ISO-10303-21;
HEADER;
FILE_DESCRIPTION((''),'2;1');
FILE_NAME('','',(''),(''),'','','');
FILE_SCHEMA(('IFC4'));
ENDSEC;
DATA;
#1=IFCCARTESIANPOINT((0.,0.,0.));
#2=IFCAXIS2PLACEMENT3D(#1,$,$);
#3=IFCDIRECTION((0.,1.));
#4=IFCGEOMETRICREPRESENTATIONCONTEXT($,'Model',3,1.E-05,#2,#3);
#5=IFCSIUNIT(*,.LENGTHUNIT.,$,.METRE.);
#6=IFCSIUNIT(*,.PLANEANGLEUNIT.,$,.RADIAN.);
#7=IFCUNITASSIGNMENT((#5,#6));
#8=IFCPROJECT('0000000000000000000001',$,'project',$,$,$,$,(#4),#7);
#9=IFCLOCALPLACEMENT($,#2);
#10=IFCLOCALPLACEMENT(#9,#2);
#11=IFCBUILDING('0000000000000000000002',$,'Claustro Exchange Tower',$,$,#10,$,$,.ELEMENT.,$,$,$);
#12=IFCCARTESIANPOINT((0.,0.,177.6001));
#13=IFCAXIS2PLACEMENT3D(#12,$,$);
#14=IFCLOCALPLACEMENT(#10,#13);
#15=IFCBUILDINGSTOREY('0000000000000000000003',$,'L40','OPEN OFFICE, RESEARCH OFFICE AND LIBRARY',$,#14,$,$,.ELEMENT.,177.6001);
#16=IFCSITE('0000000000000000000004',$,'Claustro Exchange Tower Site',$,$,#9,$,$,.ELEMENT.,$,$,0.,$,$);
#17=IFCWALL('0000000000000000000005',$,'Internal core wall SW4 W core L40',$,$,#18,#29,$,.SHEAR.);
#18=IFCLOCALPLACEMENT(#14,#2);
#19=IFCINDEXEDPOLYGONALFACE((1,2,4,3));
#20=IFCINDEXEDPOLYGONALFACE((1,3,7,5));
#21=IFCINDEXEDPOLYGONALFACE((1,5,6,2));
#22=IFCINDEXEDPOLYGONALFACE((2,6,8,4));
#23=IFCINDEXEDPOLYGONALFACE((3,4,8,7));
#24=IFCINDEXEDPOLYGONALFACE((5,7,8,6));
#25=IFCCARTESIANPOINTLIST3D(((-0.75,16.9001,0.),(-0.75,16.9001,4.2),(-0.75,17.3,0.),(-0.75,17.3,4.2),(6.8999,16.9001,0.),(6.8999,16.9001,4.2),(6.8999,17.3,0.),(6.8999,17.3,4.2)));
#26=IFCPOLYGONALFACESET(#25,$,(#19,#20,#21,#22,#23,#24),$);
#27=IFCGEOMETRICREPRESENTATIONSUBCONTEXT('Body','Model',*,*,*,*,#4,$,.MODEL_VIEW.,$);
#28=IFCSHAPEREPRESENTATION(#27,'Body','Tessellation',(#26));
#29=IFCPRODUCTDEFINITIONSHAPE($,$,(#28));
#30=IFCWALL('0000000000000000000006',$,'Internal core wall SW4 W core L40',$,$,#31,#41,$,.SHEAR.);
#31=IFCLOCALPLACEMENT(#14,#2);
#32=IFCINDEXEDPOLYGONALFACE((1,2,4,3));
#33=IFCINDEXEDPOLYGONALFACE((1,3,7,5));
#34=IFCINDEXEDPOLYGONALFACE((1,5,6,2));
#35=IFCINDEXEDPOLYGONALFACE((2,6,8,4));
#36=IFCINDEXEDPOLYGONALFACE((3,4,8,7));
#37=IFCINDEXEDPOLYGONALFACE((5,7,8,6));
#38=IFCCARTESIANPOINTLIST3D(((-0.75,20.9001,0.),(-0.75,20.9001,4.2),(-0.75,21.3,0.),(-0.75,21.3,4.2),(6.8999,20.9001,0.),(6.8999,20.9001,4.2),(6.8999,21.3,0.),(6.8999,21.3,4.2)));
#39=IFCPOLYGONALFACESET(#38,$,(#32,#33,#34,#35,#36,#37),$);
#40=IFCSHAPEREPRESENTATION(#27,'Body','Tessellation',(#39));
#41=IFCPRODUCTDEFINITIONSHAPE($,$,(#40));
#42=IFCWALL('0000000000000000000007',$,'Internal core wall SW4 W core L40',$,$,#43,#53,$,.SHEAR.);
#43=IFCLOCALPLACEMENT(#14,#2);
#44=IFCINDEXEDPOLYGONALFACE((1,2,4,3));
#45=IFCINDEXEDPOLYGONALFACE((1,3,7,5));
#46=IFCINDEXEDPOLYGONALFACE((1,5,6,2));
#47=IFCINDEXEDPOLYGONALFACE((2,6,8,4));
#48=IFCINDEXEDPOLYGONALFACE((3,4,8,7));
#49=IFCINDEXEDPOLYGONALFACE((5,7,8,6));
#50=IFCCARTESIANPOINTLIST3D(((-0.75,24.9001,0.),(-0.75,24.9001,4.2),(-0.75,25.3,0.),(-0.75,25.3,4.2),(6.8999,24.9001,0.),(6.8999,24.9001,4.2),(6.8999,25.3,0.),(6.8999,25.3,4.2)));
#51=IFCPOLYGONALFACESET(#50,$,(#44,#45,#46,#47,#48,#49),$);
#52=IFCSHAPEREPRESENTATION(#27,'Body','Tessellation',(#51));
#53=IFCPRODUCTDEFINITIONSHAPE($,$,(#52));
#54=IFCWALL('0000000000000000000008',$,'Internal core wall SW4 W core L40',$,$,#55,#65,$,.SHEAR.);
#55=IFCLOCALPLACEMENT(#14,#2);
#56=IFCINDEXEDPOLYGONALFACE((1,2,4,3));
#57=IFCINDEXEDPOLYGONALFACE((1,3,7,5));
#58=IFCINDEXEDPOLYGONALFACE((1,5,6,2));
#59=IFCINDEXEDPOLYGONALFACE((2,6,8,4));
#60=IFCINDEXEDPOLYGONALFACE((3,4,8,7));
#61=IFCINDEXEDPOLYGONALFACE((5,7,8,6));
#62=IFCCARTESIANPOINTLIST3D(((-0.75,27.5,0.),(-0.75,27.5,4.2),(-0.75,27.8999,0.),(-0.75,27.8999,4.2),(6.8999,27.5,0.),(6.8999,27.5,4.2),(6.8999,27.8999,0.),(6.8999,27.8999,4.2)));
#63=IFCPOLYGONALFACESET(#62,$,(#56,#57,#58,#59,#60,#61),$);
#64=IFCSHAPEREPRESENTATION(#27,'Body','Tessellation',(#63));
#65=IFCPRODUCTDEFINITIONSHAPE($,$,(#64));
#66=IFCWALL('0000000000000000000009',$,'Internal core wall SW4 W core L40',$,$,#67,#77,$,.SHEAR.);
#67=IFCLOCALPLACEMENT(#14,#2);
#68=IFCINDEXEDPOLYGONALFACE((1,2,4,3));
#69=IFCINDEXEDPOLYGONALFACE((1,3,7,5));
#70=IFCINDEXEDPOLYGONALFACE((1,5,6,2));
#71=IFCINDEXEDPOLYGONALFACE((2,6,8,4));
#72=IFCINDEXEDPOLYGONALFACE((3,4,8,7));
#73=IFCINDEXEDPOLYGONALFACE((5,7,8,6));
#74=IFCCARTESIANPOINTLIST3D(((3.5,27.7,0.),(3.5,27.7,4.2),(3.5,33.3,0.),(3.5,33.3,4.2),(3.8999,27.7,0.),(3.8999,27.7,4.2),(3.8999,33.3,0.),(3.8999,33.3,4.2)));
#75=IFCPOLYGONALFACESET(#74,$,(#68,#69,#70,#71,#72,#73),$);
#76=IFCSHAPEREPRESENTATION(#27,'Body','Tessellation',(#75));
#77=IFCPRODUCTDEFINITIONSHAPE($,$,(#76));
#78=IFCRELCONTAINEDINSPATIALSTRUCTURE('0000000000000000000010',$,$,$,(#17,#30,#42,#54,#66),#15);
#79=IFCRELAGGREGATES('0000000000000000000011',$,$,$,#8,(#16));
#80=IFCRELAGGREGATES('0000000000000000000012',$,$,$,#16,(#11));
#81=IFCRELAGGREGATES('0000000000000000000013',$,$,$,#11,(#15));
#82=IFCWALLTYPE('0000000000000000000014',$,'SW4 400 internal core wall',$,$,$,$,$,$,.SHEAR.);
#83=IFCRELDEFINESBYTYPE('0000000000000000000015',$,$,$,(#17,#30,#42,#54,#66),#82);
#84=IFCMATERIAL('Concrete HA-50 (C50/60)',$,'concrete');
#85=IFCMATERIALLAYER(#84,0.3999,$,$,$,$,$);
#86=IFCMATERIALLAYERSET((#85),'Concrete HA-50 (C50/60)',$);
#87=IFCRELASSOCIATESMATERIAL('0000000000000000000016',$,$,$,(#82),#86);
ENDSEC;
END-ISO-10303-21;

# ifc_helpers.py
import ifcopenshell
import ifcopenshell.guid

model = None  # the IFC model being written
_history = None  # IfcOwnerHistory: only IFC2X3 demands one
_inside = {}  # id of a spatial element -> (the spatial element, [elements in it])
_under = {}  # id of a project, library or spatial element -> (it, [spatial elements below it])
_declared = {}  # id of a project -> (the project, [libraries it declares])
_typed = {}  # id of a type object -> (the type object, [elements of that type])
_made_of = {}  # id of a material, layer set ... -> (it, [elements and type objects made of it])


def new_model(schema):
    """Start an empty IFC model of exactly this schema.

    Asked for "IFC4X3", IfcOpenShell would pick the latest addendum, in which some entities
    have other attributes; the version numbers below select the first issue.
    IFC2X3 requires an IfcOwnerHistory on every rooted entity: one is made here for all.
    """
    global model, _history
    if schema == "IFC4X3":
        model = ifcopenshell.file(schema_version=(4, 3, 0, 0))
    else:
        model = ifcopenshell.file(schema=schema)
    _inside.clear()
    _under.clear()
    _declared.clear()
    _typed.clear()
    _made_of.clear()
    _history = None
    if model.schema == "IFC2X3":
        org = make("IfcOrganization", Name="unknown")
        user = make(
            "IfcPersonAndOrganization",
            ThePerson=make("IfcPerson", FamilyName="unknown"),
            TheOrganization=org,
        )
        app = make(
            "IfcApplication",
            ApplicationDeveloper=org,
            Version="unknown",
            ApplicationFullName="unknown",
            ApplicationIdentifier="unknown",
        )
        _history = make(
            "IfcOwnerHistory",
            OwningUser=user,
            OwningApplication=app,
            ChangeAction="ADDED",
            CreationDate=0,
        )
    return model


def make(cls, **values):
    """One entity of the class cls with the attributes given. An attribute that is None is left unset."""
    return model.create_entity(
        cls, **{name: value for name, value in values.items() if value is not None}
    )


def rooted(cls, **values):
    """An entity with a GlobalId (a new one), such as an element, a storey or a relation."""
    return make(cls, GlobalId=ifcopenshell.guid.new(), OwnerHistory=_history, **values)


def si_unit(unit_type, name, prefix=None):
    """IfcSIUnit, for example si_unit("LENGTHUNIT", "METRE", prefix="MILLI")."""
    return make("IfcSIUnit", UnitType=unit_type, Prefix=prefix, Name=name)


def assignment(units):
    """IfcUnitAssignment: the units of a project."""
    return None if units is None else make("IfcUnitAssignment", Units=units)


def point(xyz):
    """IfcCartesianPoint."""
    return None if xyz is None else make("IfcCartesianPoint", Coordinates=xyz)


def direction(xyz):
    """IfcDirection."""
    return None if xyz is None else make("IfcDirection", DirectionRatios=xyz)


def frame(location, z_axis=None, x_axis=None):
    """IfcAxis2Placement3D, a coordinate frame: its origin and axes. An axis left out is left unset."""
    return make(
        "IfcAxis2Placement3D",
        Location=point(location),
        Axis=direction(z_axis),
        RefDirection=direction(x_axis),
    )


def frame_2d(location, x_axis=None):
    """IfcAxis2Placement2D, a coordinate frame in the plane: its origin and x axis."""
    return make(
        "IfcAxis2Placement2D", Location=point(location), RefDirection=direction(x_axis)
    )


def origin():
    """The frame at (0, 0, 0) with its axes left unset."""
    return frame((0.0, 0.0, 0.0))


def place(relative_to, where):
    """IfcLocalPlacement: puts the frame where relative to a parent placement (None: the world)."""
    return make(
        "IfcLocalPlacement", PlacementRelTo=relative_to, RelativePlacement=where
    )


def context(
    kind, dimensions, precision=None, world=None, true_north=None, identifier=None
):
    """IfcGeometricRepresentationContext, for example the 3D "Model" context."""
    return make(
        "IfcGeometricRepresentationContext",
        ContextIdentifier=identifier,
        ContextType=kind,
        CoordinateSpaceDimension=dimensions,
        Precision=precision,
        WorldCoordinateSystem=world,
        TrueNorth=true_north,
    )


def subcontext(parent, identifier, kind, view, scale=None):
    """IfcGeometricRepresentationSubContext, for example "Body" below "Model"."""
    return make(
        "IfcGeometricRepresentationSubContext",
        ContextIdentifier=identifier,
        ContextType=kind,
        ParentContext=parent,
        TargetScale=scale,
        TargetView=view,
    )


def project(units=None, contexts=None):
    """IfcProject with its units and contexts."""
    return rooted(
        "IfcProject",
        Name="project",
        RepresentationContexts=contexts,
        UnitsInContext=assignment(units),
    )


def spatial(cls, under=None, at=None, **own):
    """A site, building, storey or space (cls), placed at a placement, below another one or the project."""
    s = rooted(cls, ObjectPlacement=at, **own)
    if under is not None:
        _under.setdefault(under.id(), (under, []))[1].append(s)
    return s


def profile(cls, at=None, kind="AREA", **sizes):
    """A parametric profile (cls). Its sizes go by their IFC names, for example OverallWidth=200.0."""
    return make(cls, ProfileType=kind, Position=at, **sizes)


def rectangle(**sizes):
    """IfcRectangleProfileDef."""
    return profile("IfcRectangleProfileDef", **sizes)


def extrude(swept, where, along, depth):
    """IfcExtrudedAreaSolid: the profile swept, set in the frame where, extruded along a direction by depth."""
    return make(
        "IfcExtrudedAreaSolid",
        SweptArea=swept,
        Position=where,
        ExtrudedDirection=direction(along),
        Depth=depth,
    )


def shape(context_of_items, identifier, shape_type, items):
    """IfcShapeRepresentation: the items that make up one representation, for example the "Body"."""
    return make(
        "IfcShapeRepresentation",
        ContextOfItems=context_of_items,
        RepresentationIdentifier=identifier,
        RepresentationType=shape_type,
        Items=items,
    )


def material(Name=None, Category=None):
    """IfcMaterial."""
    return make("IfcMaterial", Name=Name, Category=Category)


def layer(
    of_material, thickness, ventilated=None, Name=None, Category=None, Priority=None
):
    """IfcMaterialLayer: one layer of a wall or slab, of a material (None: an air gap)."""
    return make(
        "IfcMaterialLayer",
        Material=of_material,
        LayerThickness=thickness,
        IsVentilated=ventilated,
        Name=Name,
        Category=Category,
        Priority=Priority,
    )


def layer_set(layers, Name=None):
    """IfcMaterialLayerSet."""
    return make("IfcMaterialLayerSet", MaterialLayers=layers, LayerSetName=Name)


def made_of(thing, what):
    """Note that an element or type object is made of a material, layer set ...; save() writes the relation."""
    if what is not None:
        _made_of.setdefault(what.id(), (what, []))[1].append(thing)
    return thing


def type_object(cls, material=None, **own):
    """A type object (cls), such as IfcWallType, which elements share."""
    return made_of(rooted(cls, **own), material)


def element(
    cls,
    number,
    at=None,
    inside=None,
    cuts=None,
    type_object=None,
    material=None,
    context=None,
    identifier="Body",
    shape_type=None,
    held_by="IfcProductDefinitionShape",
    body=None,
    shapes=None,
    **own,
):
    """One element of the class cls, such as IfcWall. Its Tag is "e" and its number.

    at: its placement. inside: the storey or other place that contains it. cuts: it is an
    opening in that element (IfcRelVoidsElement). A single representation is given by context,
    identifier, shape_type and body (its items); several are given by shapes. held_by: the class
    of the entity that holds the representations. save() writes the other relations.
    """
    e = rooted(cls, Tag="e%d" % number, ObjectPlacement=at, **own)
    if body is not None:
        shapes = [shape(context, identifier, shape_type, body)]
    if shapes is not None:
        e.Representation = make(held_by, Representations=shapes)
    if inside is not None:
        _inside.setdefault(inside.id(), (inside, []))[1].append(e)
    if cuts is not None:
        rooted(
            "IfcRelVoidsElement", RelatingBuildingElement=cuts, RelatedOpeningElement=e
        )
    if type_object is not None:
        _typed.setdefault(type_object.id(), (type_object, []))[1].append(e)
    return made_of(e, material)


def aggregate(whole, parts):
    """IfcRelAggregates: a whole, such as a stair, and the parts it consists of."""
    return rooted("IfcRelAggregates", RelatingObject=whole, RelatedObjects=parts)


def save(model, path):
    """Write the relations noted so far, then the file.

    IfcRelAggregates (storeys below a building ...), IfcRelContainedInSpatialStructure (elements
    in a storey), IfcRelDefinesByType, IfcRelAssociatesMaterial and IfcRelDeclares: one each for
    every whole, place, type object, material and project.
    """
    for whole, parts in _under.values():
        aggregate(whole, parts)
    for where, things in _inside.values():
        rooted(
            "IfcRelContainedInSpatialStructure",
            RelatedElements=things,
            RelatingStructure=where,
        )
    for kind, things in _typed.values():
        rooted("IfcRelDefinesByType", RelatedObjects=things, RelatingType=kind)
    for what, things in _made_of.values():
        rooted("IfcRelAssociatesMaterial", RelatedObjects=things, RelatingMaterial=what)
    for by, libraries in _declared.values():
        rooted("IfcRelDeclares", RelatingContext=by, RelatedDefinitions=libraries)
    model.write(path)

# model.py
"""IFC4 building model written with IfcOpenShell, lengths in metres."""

from ifc_helpers import new_model, si_unit, direction, frame, frame_2d, origin, place, context, subcontext, project, spatial, rectangle, extrude, material, layer, layer_set, type_object, element, save


model = new_model("IFC4")

# Units and contexts
model_context = context("Model", 3, precision=1e-05, world=origin(), true_north=direction((0.0, 1.0)))
body_context = subcontext(model_context, "Body", "Model", "MODEL_VIEW")
ifc_project = project(units=[si_unit("LENGTHUNIT", "METRE"), si_unit("PLANEANGLEUNIT", "RADIAN")], contexts=[model_context])

# Site, building, storey
site_placement = place(None, origin())
site = spatial("IfcSite", under=ifc_project, at=site_placement, Name="Claustro Exchange Tower Site", CompositionType="ELEMENT", RefElevation=0.0)
building_placement = place(site_placement, origin())
building = spatial("IfcBuilding", under=site, at=building_placement, Name="Claustro Exchange Tower", CompositionType="ELEMENT")
storey_placement = place(building_placement, frame((0.0, 0.0, 177.6001)))
storey = spatial("IfcBuildingStorey", under=building, at=storey_placement, Name="L40", Description="OPEN OFFICE, RESEARCH OFFICE AND LIBRARY", CompositionType="ELEMENT", Elevation=177.6001)

# Walls
ifc_material_1 = material(Name="Concrete HA-50 (C50/60)", Category="concrete")
ifc_layer_1 = layer(ifc_material_1, 0.3999)
ifc_layer_set_1 = layer_set([ifc_layer_1], Name="Concrete HA-50 (C50/60)")
wall_type_1 = type_object("IfcWallType", Name="SW4 400 internal core wall", PredefinedType="SHEAR", material=ifc_layer_set_1)
for number, where, z_axis, x_axis, name in (
    (1, (-0.75, 17.1001, 0.0), (0.0, 0.0, 1.0), (1.0, 0.0, 0.0), "Internal core wall SW4 W core L40"),
    (2, (-0.75, 21.1001, 0.0), (0.0, 0.0, 1.0), (1.0, 0.0, 0.0), "Internal core wall SW4 W core L40"),
    (3, (-0.75, 25.1001, 0.0), (0.0, 0.0, 1.0), (1.0, 0.0, 0.0), "Internal core wall SW4 W core L40"),
    (4, (-0.75, 27.7, 0.0), (0.0, 0.0, 1.0), (1.0, 0.0, 0.0), "Internal core wall SW4 W core L40"),
):
    element("IfcWall", number, at=place(storey_placement, frame(where, z_axis=z_axis, x_axis=x_axis)), inside=storey, type_object=wall_type_1, Name=name, PredefinedType="SHEAR", context=body_context, shape_type="SweptSolid", body=[
        extrude(rectangle(XDim=7.6499, YDim=0.3999, at=frame_2d((3.825, 0.0))), origin(), (0.0, 0.0, 1.0), 4.2),
    ])
wall_1_placement = place(storey_placement, frame((3.7, 27.7, 0.0), z_axis=(0.0, 0.0, 1.0), x_axis=(0.0, 1.0, 0.0)))
element("IfcWall", 5, at=wall_1_placement, inside=storey, type_object=wall_type_1, Name="Internal core wall SW4 W core L40", PredefinedType="SHEAR", context=body_context, shape_type="SweptSolid", body=[
    extrude(rectangle(XDim=5.6001, YDim=0.3999, at=frame_2d((2.8, 0.0))), origin(), (0.0, 0.0, 1.0), 4.2),
])

save(model, "model.ifc")
